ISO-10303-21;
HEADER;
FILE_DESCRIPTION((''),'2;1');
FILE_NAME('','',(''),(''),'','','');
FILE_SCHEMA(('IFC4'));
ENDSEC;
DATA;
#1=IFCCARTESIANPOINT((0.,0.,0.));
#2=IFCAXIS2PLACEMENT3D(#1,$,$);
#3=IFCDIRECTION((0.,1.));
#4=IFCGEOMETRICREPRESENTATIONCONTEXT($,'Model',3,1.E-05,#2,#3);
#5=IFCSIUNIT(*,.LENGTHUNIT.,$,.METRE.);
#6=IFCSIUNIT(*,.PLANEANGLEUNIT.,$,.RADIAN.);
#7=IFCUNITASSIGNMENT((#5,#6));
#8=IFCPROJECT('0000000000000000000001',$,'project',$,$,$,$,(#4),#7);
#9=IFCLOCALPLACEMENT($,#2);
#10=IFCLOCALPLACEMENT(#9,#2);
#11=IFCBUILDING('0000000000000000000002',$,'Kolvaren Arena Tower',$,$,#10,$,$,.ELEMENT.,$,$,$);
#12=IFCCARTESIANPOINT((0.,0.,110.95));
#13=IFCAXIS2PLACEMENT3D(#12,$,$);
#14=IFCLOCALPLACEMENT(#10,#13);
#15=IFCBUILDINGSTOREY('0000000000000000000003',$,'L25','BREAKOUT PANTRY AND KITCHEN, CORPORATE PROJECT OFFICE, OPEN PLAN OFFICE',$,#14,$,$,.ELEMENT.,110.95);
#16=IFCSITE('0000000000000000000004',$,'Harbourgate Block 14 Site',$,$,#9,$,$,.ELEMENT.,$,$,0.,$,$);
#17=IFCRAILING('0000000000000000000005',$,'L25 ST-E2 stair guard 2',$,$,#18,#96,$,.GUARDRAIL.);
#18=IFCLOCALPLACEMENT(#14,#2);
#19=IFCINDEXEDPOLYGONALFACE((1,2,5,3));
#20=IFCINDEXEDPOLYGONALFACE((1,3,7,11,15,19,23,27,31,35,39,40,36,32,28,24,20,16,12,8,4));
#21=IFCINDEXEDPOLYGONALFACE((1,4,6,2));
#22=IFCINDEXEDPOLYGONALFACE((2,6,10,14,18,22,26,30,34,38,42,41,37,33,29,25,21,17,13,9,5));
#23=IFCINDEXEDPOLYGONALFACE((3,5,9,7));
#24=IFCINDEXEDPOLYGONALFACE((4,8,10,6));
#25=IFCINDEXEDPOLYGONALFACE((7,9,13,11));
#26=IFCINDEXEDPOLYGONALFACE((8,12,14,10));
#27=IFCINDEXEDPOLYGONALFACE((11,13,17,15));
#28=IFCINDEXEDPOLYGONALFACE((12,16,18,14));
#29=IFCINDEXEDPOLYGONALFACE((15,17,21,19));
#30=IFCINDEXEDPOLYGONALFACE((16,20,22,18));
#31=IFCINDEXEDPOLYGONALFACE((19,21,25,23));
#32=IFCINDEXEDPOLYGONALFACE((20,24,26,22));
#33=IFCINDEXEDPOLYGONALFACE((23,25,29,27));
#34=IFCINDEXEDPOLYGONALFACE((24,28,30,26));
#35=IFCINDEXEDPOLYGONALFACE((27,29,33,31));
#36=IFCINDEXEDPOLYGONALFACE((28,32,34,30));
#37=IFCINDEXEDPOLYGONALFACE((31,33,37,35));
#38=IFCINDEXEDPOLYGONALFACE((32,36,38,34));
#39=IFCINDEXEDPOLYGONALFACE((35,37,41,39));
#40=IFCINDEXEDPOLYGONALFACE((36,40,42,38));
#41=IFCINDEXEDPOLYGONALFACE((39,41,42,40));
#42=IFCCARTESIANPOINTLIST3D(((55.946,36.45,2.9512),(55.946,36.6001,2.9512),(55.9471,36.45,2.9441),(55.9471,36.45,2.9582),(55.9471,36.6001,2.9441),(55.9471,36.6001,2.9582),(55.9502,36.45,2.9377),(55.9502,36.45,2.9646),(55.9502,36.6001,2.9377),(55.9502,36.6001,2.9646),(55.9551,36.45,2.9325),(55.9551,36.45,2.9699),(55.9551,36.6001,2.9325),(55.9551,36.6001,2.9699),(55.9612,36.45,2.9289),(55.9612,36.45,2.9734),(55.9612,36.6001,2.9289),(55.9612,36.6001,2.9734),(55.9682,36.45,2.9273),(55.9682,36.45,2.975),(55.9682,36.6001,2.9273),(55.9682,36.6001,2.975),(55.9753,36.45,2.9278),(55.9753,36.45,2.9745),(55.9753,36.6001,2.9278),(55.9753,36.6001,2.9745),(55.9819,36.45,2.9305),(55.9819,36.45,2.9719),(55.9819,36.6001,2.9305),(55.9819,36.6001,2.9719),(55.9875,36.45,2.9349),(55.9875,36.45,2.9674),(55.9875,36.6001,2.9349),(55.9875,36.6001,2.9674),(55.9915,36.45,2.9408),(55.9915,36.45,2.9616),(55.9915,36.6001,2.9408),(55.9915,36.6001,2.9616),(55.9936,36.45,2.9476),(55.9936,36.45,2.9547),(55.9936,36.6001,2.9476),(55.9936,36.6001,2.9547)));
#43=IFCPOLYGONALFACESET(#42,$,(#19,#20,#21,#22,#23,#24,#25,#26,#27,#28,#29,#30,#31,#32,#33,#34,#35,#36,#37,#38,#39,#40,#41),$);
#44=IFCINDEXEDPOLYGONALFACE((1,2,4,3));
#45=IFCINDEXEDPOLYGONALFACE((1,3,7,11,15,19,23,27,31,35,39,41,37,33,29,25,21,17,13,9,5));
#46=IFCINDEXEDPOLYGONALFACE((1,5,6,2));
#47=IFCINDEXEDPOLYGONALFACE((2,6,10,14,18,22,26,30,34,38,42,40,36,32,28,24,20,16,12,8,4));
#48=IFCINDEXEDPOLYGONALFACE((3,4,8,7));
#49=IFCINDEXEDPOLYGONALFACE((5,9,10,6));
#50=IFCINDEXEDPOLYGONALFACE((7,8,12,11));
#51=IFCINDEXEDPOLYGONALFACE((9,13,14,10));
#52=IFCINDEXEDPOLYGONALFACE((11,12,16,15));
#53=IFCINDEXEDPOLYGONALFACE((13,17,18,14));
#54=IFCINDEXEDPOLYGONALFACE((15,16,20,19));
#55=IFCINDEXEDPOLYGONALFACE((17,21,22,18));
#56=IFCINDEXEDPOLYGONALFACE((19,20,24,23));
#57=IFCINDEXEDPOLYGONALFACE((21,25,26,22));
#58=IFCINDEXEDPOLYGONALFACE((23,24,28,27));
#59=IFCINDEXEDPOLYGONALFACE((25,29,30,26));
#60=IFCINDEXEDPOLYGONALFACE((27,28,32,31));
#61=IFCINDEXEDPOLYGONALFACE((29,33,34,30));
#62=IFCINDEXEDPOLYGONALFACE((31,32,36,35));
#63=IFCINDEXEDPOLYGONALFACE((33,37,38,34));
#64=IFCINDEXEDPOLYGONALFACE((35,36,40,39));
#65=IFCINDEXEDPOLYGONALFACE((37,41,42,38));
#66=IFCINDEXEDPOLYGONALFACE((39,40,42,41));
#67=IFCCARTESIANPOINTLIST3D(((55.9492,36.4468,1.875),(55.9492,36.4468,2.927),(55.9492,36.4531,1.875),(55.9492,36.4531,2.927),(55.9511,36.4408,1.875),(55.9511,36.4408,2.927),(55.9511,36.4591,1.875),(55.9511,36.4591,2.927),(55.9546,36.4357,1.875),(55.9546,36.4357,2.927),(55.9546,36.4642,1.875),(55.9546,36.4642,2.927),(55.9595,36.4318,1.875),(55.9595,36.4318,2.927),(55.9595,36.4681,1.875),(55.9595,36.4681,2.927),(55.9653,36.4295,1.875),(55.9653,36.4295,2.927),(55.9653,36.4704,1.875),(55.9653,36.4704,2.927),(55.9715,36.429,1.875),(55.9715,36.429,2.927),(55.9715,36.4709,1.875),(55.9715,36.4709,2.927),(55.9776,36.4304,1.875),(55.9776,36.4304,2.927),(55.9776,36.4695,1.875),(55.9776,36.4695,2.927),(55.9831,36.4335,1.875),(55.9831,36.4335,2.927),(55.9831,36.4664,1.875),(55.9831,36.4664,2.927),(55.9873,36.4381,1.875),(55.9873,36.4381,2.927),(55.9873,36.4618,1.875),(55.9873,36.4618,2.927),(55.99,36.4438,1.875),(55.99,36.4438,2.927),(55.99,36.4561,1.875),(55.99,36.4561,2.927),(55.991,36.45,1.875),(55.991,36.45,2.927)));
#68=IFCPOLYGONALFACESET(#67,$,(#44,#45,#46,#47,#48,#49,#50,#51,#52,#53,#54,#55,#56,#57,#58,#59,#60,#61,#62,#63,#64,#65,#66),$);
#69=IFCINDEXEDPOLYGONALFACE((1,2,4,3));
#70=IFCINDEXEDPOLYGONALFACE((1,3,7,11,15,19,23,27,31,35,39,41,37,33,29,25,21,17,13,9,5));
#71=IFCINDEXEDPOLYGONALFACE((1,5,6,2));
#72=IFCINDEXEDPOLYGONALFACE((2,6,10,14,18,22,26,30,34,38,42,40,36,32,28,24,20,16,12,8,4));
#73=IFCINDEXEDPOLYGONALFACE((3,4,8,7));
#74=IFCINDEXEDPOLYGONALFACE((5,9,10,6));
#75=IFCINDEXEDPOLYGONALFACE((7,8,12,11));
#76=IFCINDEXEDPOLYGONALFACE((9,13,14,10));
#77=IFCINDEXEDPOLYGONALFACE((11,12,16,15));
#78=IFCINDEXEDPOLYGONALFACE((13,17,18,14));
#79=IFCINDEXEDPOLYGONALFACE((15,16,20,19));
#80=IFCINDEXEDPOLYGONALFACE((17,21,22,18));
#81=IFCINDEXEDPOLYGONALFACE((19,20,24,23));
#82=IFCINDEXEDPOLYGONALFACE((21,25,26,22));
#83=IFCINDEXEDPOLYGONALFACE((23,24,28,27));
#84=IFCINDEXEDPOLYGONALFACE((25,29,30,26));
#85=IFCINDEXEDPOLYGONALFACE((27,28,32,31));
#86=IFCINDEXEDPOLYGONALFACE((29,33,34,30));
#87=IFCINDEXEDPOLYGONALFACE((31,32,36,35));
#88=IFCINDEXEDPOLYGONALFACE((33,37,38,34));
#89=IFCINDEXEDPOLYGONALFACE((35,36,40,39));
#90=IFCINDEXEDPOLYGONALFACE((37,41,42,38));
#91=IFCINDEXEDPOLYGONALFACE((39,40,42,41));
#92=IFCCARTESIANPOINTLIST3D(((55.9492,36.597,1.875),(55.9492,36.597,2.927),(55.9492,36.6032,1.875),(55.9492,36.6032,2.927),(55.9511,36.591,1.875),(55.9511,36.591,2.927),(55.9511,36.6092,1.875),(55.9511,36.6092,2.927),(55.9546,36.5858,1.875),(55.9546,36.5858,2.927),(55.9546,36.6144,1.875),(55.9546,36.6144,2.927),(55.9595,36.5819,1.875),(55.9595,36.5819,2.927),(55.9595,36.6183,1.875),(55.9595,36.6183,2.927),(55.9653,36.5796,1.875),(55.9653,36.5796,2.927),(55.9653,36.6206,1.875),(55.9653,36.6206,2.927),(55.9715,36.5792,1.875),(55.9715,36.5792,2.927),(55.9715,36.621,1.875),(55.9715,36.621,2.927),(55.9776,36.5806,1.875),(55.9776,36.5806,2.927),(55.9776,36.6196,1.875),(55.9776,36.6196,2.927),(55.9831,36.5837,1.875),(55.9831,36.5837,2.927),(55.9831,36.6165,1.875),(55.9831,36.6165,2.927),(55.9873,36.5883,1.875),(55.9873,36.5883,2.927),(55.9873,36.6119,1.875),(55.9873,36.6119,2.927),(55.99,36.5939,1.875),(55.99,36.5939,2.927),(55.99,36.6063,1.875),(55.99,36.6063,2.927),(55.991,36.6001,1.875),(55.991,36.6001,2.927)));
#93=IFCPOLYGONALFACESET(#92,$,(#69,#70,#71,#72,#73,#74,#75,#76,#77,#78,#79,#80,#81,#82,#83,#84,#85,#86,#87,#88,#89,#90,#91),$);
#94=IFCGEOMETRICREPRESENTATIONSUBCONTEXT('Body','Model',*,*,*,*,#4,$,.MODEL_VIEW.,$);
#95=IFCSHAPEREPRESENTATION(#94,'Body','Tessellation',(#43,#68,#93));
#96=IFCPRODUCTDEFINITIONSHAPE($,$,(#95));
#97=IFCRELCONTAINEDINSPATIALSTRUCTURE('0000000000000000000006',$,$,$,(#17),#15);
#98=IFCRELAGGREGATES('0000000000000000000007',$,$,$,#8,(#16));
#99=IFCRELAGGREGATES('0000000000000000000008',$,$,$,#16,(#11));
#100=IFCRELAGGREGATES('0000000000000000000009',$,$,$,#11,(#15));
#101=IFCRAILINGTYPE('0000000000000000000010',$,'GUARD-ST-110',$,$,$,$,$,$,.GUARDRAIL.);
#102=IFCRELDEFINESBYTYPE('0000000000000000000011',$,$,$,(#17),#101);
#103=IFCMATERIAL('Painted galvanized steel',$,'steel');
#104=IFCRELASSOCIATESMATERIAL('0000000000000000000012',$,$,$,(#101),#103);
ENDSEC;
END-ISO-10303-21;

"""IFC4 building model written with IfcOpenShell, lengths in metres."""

from ifc_helpers import new_model, si_unit, direction, frame, origin, origin_2d, place, context, subcontext, project, spatial, circle, extrude, material, type_object, element, save


model = new_model("IFC4")

# Units and contexts
model_context = context("Model", 3, precision=1e-05, world=origin(), true_north=direction((0.0, 1.0)))
body_context = subcontext(model_context, "Body", "Model", "MODEL_VIEW")
ifc_project = project(units=[si_unit("LENGTHUNIT", "METRE"), si_unit("PLANEANGLEUNIT", "RADIAN")], contexts=[model_context])

# Site, building, storey
site_placement = place(None, origin())
site = spatial("IfcSite", under=ifc_project, at=site_placement, Name="Harbourgate Block 14 Site", CompositionType="ELEMENT", RefElevation=0.0)
building_placement = place(site_placement, origin())
building = spatial("IfcBuilding", under=site, at=building_placement, Name="Kolvaren Arena Tower", CompositionType="ELEMENT")
storey_placement = place(building_placement, frame((0.0, 0.0, 110.95)))
storey = spatial("IfcBuildingStorey", under=building, at=storey_placement, Name="L25", Description="BREAKOUT PANTRY AND KITCHEN, CORPORATE PROJECT OFFICE, OPEN PLAN OFFICE", CompositionType="ELEMENT", Elevation=110.95)

# Railing
ifc_material_1 = material(Name="Painted galvanized steel", Category="steel")
railing_type_1 = type_object("IfcRailingType", Name="GUARD-ST-110", PredefinedType="GUARDRAIL", material=ifc_material_1)
railing_1_placement = place(storey_placement, frame((55.97, 36.45, 1.875)))
element("IfcRailing", 1, at=railing_1_placement, inside=storey, type_object=railing_type_1, Name="L25 ST-E2 stair guard 2", PredefinedType="GUARDRAIL", context=body_context, shape_type="SweptSolid", body=[
    extrude(circle(Radius=0.0239, at=origin_2d()), frame((0.0, 0.0, 1.0762), z_axis=(0.0, 1.0, 0.0), x_axis=(-1.0, 0.0, 0.0)), (0.0, 0.0, 1.0), 0.1501),
    extrude(circle(Radius=0.021, at=origin_2d()), origin(), (0.0, 0.0, 1.0), 1.052),
    extrude(circle(Radius=0.021, at=origin_2d()), frame((0.0, 0.1501, 0.0)), (0.0, 0.0, 1.0), 1.052),
])

save(model, "model.ifc")
